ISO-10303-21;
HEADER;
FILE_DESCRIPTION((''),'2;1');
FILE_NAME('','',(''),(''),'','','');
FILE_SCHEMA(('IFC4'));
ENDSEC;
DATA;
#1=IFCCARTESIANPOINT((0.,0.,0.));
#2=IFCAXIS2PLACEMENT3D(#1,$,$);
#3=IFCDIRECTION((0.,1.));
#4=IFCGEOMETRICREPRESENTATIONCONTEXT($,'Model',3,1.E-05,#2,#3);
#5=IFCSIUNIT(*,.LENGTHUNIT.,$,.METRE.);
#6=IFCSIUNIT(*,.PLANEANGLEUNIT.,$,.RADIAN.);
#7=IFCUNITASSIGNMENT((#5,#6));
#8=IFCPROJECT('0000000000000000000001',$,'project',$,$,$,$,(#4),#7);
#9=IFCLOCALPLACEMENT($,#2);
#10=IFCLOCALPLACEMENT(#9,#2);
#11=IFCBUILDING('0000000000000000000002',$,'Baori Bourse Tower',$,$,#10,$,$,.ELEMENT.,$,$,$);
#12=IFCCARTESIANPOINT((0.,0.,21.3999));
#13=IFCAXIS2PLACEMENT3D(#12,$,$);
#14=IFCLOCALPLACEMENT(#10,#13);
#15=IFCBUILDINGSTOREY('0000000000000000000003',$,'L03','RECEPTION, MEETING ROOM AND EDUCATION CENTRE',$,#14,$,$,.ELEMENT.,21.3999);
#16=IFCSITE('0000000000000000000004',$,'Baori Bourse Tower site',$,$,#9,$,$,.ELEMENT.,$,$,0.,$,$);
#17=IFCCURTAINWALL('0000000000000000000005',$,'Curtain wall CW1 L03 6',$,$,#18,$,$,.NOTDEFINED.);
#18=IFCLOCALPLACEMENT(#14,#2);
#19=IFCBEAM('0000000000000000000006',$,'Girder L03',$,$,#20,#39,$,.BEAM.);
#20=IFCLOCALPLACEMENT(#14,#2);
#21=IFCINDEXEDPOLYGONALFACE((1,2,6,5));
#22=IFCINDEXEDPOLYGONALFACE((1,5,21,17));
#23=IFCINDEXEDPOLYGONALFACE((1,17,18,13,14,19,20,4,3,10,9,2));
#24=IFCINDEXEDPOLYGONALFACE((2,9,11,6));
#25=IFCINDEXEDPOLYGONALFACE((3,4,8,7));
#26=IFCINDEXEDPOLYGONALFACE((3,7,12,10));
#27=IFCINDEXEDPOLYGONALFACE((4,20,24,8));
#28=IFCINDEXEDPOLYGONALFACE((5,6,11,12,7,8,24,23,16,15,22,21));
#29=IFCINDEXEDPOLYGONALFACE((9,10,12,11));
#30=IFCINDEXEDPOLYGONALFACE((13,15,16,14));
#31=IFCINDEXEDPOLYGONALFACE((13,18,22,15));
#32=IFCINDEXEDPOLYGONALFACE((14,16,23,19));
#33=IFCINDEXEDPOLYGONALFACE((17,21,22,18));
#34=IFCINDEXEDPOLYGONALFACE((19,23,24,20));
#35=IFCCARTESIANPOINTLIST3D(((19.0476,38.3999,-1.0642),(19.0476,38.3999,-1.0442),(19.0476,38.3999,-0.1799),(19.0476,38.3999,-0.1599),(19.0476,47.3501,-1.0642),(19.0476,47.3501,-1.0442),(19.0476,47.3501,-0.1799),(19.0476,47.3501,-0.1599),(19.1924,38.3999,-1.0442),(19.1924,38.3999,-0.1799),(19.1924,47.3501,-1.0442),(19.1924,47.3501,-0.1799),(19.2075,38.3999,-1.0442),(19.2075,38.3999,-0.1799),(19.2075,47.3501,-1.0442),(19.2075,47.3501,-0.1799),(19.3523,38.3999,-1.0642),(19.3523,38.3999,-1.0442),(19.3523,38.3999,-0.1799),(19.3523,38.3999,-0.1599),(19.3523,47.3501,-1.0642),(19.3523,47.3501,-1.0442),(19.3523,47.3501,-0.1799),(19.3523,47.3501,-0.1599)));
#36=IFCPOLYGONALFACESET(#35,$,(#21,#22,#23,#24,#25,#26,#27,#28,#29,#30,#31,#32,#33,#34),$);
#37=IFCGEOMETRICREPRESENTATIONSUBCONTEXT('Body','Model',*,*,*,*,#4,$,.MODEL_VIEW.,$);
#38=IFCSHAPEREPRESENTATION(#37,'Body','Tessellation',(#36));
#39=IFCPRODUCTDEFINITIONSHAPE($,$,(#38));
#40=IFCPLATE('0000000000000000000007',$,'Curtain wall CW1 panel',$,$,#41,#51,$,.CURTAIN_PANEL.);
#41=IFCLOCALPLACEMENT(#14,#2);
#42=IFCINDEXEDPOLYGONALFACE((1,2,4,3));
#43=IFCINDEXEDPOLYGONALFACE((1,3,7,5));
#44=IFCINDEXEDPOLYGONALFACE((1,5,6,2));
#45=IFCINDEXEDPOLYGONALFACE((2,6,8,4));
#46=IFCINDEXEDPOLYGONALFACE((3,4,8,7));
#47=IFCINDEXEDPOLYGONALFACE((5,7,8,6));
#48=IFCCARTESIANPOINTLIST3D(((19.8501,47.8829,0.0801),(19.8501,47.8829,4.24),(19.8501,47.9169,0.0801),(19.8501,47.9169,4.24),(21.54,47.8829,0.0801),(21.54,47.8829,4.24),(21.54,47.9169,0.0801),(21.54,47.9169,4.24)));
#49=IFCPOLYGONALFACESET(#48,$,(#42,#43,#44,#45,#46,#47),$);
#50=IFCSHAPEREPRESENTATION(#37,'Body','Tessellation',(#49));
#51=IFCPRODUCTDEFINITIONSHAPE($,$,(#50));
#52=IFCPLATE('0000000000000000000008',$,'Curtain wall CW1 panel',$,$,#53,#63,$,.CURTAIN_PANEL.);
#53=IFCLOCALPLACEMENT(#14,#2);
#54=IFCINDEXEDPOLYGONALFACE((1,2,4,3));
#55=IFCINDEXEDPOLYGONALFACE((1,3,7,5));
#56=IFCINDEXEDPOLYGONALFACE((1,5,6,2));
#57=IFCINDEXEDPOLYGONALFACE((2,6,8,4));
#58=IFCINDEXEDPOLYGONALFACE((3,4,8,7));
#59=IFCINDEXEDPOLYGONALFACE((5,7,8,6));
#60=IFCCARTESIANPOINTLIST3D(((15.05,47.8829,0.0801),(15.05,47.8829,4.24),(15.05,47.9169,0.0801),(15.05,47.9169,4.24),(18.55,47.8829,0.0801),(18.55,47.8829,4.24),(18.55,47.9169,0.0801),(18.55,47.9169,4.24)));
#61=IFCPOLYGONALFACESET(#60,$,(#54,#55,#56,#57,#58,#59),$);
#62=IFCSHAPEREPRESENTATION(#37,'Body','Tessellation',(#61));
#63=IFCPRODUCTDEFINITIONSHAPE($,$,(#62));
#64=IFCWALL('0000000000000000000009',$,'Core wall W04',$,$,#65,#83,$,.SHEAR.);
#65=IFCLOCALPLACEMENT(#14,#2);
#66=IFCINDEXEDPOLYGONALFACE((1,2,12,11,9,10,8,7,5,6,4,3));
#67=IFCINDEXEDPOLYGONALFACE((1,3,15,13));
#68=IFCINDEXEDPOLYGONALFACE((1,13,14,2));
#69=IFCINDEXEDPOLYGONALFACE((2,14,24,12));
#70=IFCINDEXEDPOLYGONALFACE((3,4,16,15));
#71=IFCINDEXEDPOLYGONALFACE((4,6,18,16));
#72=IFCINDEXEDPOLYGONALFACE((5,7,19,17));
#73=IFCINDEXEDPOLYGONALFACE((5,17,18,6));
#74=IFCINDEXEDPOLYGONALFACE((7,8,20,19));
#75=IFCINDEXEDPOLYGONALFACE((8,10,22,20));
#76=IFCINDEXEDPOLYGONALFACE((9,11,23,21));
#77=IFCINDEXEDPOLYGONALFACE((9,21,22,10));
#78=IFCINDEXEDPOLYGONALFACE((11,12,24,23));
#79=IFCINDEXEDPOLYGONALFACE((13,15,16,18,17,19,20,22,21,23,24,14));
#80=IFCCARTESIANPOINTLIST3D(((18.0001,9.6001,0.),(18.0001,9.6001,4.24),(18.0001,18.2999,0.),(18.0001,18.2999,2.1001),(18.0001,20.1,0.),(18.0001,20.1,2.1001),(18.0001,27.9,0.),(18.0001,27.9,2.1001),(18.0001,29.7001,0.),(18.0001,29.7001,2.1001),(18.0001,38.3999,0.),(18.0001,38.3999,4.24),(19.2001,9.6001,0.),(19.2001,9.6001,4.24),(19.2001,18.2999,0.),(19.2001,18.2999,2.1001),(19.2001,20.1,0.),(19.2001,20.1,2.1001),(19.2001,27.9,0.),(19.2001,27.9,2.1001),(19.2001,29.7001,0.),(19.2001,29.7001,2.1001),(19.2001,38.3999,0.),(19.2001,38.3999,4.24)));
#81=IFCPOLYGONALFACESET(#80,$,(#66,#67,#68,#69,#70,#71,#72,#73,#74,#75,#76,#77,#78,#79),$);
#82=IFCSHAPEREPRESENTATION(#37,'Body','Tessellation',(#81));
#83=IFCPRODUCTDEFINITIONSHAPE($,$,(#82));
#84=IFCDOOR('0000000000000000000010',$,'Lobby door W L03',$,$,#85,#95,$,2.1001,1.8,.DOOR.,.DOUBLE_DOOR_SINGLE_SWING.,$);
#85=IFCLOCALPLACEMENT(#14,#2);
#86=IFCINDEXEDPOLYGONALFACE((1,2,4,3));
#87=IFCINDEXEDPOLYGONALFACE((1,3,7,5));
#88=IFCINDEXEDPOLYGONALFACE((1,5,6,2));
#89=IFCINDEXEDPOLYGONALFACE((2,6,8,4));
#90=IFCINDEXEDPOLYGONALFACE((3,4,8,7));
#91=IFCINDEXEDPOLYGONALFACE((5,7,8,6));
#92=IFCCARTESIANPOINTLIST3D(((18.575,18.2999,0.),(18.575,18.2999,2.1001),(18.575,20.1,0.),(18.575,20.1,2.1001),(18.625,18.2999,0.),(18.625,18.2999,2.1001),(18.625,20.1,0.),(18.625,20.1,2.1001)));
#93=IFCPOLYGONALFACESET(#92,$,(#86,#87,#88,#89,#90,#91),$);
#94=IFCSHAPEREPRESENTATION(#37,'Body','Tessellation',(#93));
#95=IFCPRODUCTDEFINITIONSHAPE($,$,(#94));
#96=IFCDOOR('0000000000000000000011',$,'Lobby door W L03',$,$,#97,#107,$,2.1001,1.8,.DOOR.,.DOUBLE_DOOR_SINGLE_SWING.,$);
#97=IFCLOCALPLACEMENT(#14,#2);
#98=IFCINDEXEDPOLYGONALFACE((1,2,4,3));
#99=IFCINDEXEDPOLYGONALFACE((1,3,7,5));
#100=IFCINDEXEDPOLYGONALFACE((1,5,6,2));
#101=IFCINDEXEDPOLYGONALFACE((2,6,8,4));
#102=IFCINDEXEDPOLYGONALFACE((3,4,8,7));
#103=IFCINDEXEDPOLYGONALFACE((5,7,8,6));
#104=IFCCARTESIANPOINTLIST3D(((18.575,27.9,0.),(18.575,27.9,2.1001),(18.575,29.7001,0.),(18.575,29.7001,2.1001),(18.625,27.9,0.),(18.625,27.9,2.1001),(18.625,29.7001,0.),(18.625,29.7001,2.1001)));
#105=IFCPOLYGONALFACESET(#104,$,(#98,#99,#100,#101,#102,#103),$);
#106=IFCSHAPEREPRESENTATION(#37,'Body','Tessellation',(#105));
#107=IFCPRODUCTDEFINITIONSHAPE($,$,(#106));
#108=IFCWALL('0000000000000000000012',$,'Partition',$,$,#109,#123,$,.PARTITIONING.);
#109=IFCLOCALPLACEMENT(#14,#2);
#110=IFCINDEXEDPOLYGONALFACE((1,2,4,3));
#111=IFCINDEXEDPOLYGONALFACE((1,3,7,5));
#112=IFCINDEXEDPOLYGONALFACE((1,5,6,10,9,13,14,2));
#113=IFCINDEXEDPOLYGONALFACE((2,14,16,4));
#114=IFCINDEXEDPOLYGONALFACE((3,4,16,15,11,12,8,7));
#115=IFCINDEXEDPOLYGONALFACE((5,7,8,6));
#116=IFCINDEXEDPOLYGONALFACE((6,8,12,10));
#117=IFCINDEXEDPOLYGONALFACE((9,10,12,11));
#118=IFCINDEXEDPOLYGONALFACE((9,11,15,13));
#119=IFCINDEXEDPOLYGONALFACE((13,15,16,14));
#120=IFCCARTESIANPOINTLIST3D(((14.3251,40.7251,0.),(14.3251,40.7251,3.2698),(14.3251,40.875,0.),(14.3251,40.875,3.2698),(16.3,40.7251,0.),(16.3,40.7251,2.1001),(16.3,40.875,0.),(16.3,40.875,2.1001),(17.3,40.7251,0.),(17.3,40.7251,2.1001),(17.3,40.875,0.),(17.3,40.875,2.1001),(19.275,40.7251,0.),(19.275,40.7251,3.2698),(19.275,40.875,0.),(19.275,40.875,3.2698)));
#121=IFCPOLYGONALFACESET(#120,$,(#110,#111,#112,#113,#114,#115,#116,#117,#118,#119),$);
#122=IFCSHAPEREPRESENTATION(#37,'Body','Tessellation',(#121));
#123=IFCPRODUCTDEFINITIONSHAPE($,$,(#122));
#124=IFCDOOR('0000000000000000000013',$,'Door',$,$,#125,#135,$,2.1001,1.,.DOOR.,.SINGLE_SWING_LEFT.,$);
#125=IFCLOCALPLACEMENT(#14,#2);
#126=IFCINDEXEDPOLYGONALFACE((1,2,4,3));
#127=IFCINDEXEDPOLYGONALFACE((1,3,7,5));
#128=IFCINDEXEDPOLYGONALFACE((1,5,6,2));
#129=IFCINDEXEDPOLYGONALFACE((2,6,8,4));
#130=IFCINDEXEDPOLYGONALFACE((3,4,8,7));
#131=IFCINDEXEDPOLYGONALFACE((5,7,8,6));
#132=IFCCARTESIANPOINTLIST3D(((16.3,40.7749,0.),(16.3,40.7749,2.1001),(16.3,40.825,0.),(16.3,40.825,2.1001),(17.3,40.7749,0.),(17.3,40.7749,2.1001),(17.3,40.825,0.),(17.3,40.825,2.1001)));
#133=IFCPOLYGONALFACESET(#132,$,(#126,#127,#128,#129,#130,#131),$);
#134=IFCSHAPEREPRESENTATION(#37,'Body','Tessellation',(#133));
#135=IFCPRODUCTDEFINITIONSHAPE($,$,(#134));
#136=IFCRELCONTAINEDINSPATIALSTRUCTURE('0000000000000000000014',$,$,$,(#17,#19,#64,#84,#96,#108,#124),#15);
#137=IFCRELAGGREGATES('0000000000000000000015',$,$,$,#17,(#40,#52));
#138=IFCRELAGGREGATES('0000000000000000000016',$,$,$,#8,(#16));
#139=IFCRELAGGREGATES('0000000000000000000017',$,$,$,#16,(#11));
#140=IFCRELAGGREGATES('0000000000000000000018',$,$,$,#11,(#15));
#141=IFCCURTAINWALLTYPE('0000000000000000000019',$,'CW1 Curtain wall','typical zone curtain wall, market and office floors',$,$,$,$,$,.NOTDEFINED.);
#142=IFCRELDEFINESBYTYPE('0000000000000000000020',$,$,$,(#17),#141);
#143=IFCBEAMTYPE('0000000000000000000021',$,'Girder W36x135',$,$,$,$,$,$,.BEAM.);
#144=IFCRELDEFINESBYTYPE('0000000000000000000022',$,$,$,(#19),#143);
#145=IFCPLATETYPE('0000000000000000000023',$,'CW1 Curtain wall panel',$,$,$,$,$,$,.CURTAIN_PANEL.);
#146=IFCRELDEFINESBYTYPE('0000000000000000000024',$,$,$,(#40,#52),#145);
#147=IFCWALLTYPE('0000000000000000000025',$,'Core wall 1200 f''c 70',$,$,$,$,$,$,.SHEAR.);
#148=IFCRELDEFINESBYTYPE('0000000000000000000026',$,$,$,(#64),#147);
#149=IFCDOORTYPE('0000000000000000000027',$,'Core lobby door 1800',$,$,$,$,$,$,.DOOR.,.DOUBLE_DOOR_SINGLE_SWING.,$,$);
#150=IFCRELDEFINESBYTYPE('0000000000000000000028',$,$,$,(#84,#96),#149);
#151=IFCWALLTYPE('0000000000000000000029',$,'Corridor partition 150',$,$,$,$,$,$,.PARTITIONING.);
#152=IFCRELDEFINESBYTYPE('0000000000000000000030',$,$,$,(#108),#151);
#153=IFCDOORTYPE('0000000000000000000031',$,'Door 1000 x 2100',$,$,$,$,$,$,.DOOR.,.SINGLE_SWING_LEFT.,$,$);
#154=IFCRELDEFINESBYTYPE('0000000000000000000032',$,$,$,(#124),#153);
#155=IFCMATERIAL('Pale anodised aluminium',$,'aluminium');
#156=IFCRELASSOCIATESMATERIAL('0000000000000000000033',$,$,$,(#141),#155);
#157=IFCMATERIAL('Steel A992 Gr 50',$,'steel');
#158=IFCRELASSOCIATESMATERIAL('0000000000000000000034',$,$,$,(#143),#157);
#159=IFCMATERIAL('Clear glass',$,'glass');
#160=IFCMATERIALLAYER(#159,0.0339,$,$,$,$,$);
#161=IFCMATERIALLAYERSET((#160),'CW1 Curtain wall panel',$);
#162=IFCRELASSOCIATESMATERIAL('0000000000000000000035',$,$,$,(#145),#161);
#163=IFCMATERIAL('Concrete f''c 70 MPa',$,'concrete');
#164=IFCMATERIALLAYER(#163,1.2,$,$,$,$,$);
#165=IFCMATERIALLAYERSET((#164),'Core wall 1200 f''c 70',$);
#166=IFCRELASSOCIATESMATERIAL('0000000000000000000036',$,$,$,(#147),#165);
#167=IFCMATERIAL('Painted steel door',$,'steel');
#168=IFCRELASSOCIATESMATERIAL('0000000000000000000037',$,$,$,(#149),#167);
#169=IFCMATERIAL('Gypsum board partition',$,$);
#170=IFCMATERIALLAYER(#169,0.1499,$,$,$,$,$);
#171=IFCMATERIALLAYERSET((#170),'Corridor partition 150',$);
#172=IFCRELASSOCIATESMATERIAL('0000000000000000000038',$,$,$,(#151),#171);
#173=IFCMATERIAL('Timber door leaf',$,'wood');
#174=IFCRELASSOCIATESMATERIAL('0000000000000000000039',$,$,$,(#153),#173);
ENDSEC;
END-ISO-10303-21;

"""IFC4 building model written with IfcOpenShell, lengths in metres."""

from ifc_helpers import new_model, si_unit, direction, frame, frame_2d, origin, origin_2d, place, context, subcontext, project, spatial, rectangle, i_section, extrude, material, layer, layer_set, material_profile, profile_set, type_object, element, fill, aggregate, save


model = new_model("IFC4")

# Units and contexts
model_context = context("Model", 3, precision=1e-05, world=origin(), true_north=direction((0.0, 1.0)))
body_context = subcontext(model_context, "Body", "Model", "MODEL_VIEW")
ifc_project = project(units=[si_unit("LENGTHUNIT", "METRE"), si_unit("PLANEANGLEUNIT", "RADIAN")], contexts=[model_context])

# Site, building, storey
site_placement = place(None, origin())
site = spatial("IfcSite", under=ifc_project, at=site_placement, Name="Baori Bourse Tower site", CompositionType="ELEMENT", RefElevation=0.0)
building_placement = place(site_placement, origin())
building = spatial("IfcBuilding", under=site, at=building_placement, Name="Baori Bourse Tower", CompositionType="ELEMENT")
storey_placement = place(building_placement, frame((0.0, 0.0, 21.3999)))
storey = spatial("IfcBuildingStorey", under=building, at=storey_placement, Name="L03", Description="RECEPTION, MEETING ROOM AND EDUCATION CENTRE", CompositionType="ELEMENT", Elevation=21.3999)

# Curtain wall
ifc_material_1 = material(Name="Pale anodised aluminium", Category="aluminium")
curtain_wall_type = type_object("IfcCurtainWallType", Name="CW1 Curtain wall", Description="typical zone curtain wall, market and office floors", PredefinedType="NOTDEFINED", material=ifc_material_1)
curtain_wall_placement = place(storey_placement, origin())
curtain_wall = element("IfcCurtainWall", 1, at=curtain_wall_placement, inside=storey, type_object=curtain_wall_type, Name="Curtain wall CW1 L03 6", PredefinedType="NOTDEFINED")

# Beam
ifc_material_2 = material(Name="Steel A992 Gr 50", Category="steel")
ifc_material_profile_1 = material_profile(ifc_material_2, i_section(OverallWidth=0.3047, OverallDepth=0.9043, WebThickness=0.0151, FlangeThickness=0.02, at=origin_2d()), Name="W36x135")
ifc_profile_set_1 = profile_set([ifc_material_profile_1], Name="Steel A992 Gr 50")
beam_type_1 = type_object("IfcBeamType", Name="Girder W36x135", PredefinedType="BEAM", material=ifc_profile_set_1)
beam_1_placement = place(storey_placement, frame((19.2, 38.3999, -0.6121), z_axis=(0.0, 1.0, 0.0), x_axis=(-1.0, 0.0, 0.0)))
element("IfcBeam", 2, at=beam_1_placement, inside=storey, type_object=beam_type_1, Name="Girder L03", PredefinedType="BEAM", context=body_context, shape_type="SweptSolid", body=[
    extrude(i_section(OverallWidth=0.3047, OverallDepth=0.9043, WebThickness=0.0151, FlangeThickness=0.02, at=origin_2d()), origin(), (0.0, 0.0, 1.0), 8.9502),
])

# Plates
ifc_material_3 = material(Name="Clear glass", Category="glass")
ifc_layer_1 = layer(ifc_material_3, 0.0339)
ifc_layer_set_1 = layer_set([ifc_layer_1], Name="CW1 Curtain wall panel")
plate_type = type_object("IfcPlateType", Name="CW1 Curtain wall panel", PredefinedType="CURTAIN_PANEL", material=ifc_layer_set_1)
plate_1_placement = place(storey_placement, frame((20.6951, 47.8999, 0.0801), z_axis=(0.0, 0.0, 1.0), x_axis=(-1.0, 0.0, 0.0)))
plate_1 = element("IfcPlate", 3, at=plate_1_placement, type_object=plate_type, Name="Curtain wall CW1 panel", PredefinedType="CURTAIN_PANEL", context=body_context, shape_type="SweptSolid", body=[
    extrude(rectangle(XDim=1.6899, YDim=0.0339, at=origin_2d()), origin(), (0.0, 0.0, 1.0), 4.1599),
])
plate_2_placement = place(storey_placement, frame((16.8, 47.8999, 0.0801), z_axis=(0.0, 0.0, 1.0), x_axis=(-1.0, 0.0, 0.0)))
plate_2 = element("IfcPlate", 4, at=plate_2_placement, type_object=plate_type, Name="Curtain wall CW1 panel", PredefinedType="CURTAIN_PANEL", context=body_context, shape_type="SweptSolid", body=[
    extrude(rectangle(XDim=3.5, YDim=0.0339, at=origin_2d()), origin(), (0.0, 0.0, 1.0), 4.1599),
])
aggregate(curtain_wall, [plate_1, plate_2])

# Wall, openings, doors
ifc_material_4 = material(Name="Concrete f'c 70 MPa", Category="concrete")
ifc_layer_2 = layer(ifc_material_4, 1.2)
ifc_layer_set_2 = layer_set([ifc_layer_2], Name="Core wall 1200 f'c 70")
wall_type_1 = type_object("IfcWallType", Name="Core wall 1200 f'c 70", PredefinedType="SHEAR", material=ifc_layer_set_2)
wall_1_placement = place(storey_placement, frame((18.6001, 38.3999, 0.0), z_axis=(0.0, 0.0, 1.0), x_axis=(0.0, -1.0, 0.0)))
wall_1 = element("IfcWall", 5, at=wall_1_placement, inside=storey, type_object=wall_type_1, Name="Core wall W04", PredefinedType="SHEAR", context=body_context, shape_type="SweptSolid", body=[
    extrude(rectangle(XDim=28.7998, YDim=1.2, at=frame_2d((14.3999, 0.0))), origin(), (0.0, 0.0, 1.0), 4.24),
])
opening_1_placement = place(wall_1_placement, frame((18.3, 0.0, 0.0)))
opening_1 = element("IfcOpeningElement", 6, at=opening_1_placement, cuts=wall_1, PredefinedType="OPENING", context=body_context, shape_type="SweptSolid", body=[
    extrude(rectangle(XDim=1.8, YDim=2.1001, at=frame_2d((0.8999, 1.05))), frame((0.0, 0.6099, 0.0), z_axis=(0.0, -1.0, 0.0), x_axis=(1.0, 0.0, 0.0)), (0.0, 0.0, 1.0), 1.22),
])
opening_2_placement = place(wall_1_placement, frame((8.7, 0.0, 0.0)))
opening_2 = element("IfcOpeningElement", 7, at=opening_2_placement, cuts=wall_1, PredefinedType="OPENING", context=body_context, shape_type="SweptSolid", body=[
    extrude(rectangle(XDim=1.8, YDim=2.1001, at=frame_2d((0.8999, 1.05))), frame((0.0, 0.6099, 0.0), z_axis=(0.0, -1.0, 0.0), x_axis=(1.0, 0.0, 0.0)), (0.0, 0.0, 1.0), 1.22),
])
ifc_material_5 = material(Name="Painted steel door", Category="steel")
door_type_1 = type_object("IfcDoorType", Name="Core lobby door 1800", OperationType="DOUBLE_DOOR_SINGLE_SWING", PredefinedType="DOOR", material=ifc_material_5)
door_1_placement = place(opening_1_placement, origin())
door_1 = element("IfcDoor", 8, at=door_1_placement, inside=storey, type_object=door_type_1, Name="Lobby door W L03", OperationType="DOUBLE_DOOR_SINGLE_SWING", OverallHeight=2.1001, OverallWidth=1.8, PredefinedType="DOOR", context=body_context, shape_type="SweptSolid", body=[
    extrude(rectangle(XDim=1.8, YDim=2.1001, at=frame_2d((0.8999, 1.05))), frame((0.0, 0.0249, 0.0), z_axis=(0.0, -1.0, 0.0), x_axis=(1.0, 0.0, 0.0)), (0.0, 0.0, 1.0), 0.05),
])
fill(opening_1, door_1)
door_2_placement = place(opening_2_placement, origin())
door_2 = element("IfcDoor", 9, at=door_2_placement, inside=storey, type_object=door_type_1, Name="Lobby door W L03", OperationType="DOUBLE_DOOR_SINGLE_SWING", OverallHeight=2.1001, OverallWidth=1.8, PredefinedType="DOOR", context=body_context, shape_type="SweptSolid", body=[
    extrude(rectangle(XDim=1.8, YDim=2.1001, at=frame_2d((0.8999, 1.05))), frame((0.0, 0.0249, 0.0), z_axis=(0.0, -1.0, 0.0), x_axis=(1.0, 0.0, 0.0)), (0.0, 0.0, 1.0), 0.05),
])
fill(opening_2, door_2)

# Wall, opening, door
ifc_material_6 = material(Name="Gypsum board partition")
ifc_layer_3 = layer(ifc_material_6, 0.1499)
ifc_layer_set_3 = layer_set([ifc_layer_3], Name="Corridor partition 150")
wall_type_2 = type_object("IfcWallType", Name="Corridor partition 150", PredefinedType="PARTITIONING", material=ifc_layer_set_3)
wall_2_placement = place(storey_placement, frame((14.325, 40.8, 0.0), z_axis=(0.0, 0.0, 1.0), x_axis=(1.0, 0.0, 0.0)))
wall_2 = element("IfcWall", 10, at=wall_2_placement, inside=storey, type_object=wall_type_2, Name="Partition", PredefinedType="PARTITIONING", context=body_context, shape_type="SweptSolid", body=[
    extrude(rectangle(XDim=4.95, YDim=0.1499, at=frame_2d((2.4751, 0.0))), origin(), (0.0, 0.0, 1.0), 3.2698),
])
opening_3_placement = place(wall_2_placement, frame((1.9751, 0.0, 0.0)))
opening_3 = element("IfcOpeningElement", 11, at=opening_3_placement, cuts=wall_2, PredefinedType="OPENING", context=body_context, shape_type="SweptSolid", body=[
    extrude(rectangle(XDim=1.0, YDim=2.1001, at=frame_2d((0.5, 1.05))), frame((0.0, 0.085, 0.0), z_axis=(0.0, -1.0, 0.0), x_axis=(1.0, 0.0, 0.0)), (0.0, 0.0, 1.0), 0.1699),
])
ifc_material_7 = material(Name="Timber door leaf", Category="wood")
door_type_2 = type_object("IfcDoorType", Name="Door 1000 x 2100", OperationType="SINGLE_SWING_LEFT", PredefinedType="DOOR", material=ifc_material_7)
door_3_placement = place(opening_3_placement, origin())
door_3 = element("IfcDoor", 12, at=door_3_placement, inside=storey, type_object=door_type_2, Name="Door", OperationType="SINGLE_SWING_LEFT", OverallHeight=2.1001, OverallWidth=1.0, PredefinedType="DOOR", context=body_context, shape_type="SweptSolid", body=[
    extrude(rectangle(XDim=1.0, YDim=2.1001, at=frame_2d((0.5, 1.05))), frame((0.0, 0.0249, 0.0), z_axis=(0.0, -1.0, 0.0), x_axis=(1.0, 0.0, 0.0)), (0.0, 0.0, 1.0), 0.05),
])
fill(opening_3, door_3)

save(model, "model.ifc")
